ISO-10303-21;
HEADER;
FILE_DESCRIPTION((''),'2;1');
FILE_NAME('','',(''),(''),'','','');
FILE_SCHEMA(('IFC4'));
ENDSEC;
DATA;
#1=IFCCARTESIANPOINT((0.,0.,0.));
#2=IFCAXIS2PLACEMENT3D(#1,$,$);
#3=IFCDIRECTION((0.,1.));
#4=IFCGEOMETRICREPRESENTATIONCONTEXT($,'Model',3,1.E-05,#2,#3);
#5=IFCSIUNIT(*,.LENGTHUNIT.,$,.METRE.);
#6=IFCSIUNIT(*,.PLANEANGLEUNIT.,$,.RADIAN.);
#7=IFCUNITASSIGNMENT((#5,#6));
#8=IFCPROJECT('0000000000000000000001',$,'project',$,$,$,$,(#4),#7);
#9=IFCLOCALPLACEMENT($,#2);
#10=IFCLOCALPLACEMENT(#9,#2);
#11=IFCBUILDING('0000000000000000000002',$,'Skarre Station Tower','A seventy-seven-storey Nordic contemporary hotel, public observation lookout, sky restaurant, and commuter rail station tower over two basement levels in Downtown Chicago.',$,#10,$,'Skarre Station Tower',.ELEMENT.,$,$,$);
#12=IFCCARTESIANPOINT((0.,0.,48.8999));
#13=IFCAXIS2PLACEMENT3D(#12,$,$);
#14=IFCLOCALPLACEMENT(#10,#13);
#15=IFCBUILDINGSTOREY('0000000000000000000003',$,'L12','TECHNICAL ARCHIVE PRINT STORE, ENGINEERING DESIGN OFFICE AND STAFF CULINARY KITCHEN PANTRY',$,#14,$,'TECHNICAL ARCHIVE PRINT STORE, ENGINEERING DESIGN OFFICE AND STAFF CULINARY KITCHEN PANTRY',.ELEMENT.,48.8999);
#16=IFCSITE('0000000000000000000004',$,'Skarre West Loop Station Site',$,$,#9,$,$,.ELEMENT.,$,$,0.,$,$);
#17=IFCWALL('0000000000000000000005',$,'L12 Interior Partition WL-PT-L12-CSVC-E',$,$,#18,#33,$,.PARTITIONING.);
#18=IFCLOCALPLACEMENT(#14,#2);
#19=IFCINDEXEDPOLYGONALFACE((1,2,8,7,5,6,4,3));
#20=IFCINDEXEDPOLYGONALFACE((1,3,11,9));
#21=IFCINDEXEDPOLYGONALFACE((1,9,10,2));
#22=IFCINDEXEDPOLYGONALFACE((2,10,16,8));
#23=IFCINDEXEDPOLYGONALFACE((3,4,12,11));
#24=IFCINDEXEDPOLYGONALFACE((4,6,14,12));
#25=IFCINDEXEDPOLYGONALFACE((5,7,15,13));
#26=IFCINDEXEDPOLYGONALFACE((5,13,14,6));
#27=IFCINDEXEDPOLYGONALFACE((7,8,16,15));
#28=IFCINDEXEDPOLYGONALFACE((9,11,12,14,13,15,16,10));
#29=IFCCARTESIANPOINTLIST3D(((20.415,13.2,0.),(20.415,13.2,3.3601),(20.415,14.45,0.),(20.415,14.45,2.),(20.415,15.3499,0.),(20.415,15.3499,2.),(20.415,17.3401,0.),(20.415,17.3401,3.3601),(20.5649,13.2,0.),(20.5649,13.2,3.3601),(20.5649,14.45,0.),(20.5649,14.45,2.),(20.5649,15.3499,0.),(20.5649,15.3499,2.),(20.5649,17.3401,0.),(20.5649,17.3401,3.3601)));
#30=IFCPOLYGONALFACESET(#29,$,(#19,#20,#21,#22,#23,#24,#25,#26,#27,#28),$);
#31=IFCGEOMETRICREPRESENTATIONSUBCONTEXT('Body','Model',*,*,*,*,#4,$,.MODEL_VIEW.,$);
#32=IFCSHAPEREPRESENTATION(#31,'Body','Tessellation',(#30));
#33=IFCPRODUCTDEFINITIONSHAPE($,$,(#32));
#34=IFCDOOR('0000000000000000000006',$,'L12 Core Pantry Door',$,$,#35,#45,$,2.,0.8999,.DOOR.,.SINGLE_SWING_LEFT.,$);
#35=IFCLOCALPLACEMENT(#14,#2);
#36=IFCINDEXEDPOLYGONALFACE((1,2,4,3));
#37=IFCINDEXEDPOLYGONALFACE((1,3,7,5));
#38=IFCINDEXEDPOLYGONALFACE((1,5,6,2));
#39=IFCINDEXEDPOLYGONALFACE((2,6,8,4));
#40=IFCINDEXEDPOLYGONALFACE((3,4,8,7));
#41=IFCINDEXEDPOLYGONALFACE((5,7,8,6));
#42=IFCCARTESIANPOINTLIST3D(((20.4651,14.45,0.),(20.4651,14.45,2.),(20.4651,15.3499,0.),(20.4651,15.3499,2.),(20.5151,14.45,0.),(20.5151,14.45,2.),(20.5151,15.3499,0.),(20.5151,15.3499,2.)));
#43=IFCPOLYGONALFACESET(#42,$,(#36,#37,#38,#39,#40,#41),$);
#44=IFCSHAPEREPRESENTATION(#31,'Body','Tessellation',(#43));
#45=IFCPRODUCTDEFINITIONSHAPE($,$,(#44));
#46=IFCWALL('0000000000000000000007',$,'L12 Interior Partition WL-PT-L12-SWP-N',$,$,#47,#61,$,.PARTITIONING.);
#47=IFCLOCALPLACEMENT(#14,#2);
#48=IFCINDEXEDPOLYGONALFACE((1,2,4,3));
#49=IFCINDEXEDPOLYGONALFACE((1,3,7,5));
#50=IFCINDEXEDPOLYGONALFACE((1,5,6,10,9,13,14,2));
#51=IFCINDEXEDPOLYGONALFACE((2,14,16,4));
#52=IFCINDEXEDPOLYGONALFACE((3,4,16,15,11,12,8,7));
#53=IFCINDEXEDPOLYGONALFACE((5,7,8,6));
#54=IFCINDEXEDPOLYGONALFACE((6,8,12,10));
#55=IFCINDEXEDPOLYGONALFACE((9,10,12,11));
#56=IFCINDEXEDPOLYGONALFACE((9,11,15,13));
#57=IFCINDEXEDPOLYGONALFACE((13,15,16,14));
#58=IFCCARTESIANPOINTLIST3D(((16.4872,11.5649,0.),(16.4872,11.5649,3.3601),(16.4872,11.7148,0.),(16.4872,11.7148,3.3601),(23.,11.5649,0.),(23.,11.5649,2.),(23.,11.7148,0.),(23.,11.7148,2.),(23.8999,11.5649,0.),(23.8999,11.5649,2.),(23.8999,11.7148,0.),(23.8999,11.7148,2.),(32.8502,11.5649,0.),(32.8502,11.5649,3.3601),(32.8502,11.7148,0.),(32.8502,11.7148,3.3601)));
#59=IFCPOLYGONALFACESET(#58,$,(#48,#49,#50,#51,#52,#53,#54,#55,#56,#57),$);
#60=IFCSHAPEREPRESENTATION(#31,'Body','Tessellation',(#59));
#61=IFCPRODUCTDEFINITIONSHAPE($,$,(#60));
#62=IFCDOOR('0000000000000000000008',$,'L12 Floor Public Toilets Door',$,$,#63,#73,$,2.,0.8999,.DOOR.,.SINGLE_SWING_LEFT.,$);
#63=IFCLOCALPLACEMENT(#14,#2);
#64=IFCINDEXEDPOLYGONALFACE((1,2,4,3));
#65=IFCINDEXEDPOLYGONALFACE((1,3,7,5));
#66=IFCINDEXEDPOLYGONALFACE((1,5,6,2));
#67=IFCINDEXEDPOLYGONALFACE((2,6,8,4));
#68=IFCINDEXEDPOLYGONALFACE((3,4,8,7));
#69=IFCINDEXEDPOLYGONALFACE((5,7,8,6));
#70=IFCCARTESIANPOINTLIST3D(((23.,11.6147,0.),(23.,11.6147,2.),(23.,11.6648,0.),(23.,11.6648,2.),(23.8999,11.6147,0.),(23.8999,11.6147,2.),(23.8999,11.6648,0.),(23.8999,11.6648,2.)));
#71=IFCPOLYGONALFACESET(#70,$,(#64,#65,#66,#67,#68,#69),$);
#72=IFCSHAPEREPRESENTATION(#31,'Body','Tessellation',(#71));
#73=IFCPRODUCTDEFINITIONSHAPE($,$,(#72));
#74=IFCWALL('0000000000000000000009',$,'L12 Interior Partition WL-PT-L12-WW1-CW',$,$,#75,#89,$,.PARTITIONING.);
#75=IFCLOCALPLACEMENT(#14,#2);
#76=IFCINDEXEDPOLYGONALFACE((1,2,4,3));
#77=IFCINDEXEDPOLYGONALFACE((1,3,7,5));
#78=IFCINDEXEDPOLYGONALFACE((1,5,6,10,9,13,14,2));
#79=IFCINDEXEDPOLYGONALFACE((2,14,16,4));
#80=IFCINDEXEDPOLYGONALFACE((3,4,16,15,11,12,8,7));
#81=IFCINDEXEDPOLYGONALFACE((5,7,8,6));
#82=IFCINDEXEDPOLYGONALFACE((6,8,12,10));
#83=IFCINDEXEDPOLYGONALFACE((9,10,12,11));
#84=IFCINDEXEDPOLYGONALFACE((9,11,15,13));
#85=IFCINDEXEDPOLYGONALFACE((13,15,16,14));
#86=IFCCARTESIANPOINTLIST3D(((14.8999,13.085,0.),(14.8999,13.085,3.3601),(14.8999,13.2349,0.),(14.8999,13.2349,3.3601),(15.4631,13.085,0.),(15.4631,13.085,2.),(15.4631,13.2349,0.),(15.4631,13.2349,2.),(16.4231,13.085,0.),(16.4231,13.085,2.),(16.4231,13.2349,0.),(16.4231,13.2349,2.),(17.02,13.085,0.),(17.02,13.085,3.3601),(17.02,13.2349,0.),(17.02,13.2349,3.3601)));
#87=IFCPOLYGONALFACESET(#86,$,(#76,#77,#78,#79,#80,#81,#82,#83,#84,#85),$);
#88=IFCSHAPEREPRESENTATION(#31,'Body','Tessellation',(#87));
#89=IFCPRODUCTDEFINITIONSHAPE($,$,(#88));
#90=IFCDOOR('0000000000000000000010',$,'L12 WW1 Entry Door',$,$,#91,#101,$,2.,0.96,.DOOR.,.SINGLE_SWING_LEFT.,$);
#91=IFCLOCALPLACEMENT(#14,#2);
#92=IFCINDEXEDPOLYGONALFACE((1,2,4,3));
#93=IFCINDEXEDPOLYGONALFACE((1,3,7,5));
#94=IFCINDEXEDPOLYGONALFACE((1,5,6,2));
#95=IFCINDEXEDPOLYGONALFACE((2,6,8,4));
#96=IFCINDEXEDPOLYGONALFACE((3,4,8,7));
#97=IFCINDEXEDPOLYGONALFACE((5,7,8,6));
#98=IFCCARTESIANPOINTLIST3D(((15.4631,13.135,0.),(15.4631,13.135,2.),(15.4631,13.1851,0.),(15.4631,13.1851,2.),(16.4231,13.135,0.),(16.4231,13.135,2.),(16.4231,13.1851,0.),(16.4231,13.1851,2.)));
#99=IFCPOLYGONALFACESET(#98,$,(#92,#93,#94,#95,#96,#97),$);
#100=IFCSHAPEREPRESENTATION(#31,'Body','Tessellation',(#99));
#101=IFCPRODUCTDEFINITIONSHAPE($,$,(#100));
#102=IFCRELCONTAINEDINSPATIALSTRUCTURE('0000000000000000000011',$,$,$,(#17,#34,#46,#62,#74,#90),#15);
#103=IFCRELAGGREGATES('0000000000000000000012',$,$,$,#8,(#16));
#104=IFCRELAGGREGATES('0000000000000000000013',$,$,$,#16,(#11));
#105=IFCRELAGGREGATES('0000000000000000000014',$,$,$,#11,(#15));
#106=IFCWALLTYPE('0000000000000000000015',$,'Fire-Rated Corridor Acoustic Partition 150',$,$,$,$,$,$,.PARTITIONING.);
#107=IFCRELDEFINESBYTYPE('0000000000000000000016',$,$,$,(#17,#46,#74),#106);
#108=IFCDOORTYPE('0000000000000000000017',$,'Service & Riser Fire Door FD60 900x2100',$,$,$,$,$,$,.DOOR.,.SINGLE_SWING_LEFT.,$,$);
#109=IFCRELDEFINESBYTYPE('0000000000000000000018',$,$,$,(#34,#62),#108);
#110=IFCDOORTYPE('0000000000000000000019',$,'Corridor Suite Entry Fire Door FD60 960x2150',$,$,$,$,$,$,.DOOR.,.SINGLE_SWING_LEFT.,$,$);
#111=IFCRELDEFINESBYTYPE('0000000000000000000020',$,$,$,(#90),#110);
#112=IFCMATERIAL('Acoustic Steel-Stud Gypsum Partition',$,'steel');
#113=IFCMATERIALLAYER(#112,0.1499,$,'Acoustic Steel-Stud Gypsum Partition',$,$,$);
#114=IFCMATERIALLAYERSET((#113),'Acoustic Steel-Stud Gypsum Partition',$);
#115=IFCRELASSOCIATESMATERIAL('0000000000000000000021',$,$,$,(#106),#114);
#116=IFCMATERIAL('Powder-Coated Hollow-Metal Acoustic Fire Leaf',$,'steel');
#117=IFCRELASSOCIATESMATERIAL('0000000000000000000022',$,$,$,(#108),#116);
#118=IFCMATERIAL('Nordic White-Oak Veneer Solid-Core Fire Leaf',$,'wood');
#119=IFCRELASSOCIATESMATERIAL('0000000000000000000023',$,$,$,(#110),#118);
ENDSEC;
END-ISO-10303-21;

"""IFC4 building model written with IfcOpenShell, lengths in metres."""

from ifc_helpers import new_model, si_unit, direction, frame, frame_2d, origin, place, context, subcontext, project, spatial, rectangle, extrude, material, layer, layer_set, type_object, element, fill, save


model = new_model("IFC4")

# Units and contexts
model_context = context("Model", 3, precision=1e-05, world=origin(), true_north=direction((0.0, 1.0)))
body_context = subcontext(model_context, "Body", "Model", "MODEL_VIEW")
ifc_project = project(units=[si_unit("LENGTHUNIT", "METRE"), si_unit("PLANEANGLEUNIT", "RADIAN")], contexts=[model_context])

# Site, building, storey
site_placement = place(None, origin())
site = spatial("IfcSite", under=ifc_project, at=site_placement, Name="Skarre West Loop Station Site", CompositionType="ELEMENT", RefElevation=0.0)
building_placement = place(site_placement, origin())
building = spatial("IfcBuilding", under=site, at=building_placement, Name="Skarre Station Tower", Description="A seventy-seven-storey Nordic contemporary hotel, public observation lookout, sky restaurant, and commuter rail station tower over two basement levels in Downtown Chicago.", LongName="Skarre Station Tower", CompositionType="ELEMENT")
storey_placement = place(building_placement, frame((0.0, 0.0, 48.8999)))
storey = spatial("IfcBuildingStorey", under=building, at=storey_placement, Name="L12", Description="TECHNICAL ARCHIVE PRINT STORE, ENGINEERING DESIGN OFFICE AND STAFF CULINARY KITCHEN PANTRY", LongName="TECHNICAL ARCHIVE PRINT STORE, ENGINEERING DESIGN OFFICE AND STAFF CULINARY KITCHEN PANTRY", CompositionType="ELEMENT", Elevation=48.8999)

# Shared definitions
ifc_material_1 = material(Name="Acoustic Steel-Stud Gypsum Partition", Category="steel")
ifc_layer_1 = layer(ifc_material_1, 0.1499, Name="Acoustic Steel-Stud Gypsum Partition")
ifc_layer_set_1 = layer_set([ifc_layer_1], Name="Acoustic Steel-Stud Gypsum Partition")
wall_type_1 = type_object("IfcWallType", Name="Fire-Rated Corridor Acoustic Partition 150", PredefinedType="PARTITIONING", material=ifc_layer_set_1)

# Walls, openings, doors
wall_1_placement = place(storey_placement, frame((20.49, 13.2, 0.0), z_axis=(0.0, 0.0, 1.0), x_axis=(0.0, 1.0, 0.0)))
wall_1 = element("IfcWall", 1, at=wall_1_placement, inside=storey, type_object=wall_type_1, Name="L12 Interior Partition WL-PT-L12-CSVC-E", PredefinedType="PARTITIONING", context=body_context, shape_type="SweptSolid", body=[
    extrude(rectangle(XDim=4.1401, YDim=0.1499, at=frame_2d((2.0701, 0.0))), origin(), (0.0, 0.0, 1.0), 3.3601),
])
opening_1_placement = place(wall_1_placement, frame((1.25, 0.0, 0.0)))
opening_1 = element("IfcOpeningElement", 2, at=opening_1_placement, cuts=wall_1, PredefinedType="OPENING", context=body_context, shape_type="SweptSolid", body=[
    extrude(rectangle(XDim=0.8999, YDim=2.0, at=frame_2d((0.45, 1.0))), frame((0.0, 0.085, 0.0), z_axis=(0.0, -1.0, 0.0), x_axis=(1.0, 0.0, 0.0)), (0.0, 0.0, 1.0), 0.1699),
])
ifc_material_2 = material(Name="Powder-Coated Hollow-Metal Acoustic Fire Leaf", Category="steel")
door_type_1 = type_object("IfcDoorType", Name="Service & Riser Fire Door FD60 900x2100", OperationType="SINGLE_SWING_LEFT", PredefinedType="DOOR", material=ifc_material_2)
door_1_placement = place(opening_1_placement, origin())
door_1 = element("IfcDoor", 3, at=door_1_placement, inside=storey, type_object=door_type_1, Name="L12 Core Pantry Door", OperationType="SINGLE_SWING_LEFT", OverallHeight=2.0, OverallWidth=0.8999, PredefinedType="DOOR", context=body_context, shape_type="SweptSolid", body=[
    extrude(rectangle(XDim=0.8999, YDim=2.0, at=frame_2d((0.45, 1.0))), frame((0.0, 0.0249, 0.0), z_axis=(0.0, -1.0, 0.0), x_axis=(1.0, 0.0, 0.0)), (0.0, 0.0, 1.0), 0.05),
])
fill(opening_1, door_1)
wall_2_placement = place(storey_placement, frame((16.4871, 11.6399, 0.0), z_axis=(0.0, 0.0, 1.0), x_axis=(1.0, 0.0, 0.0)))
wall_2 = element("IfcWall", 4, at=wall_2_placement, inside=storey, type_object=wall_type_1, Name="L12 Interior Partition WL-PT-L12-SWP-N", PredefinedType="PARTITIONING", context=body_context, shape_type="SweptSolid", body=[
    extrude(rectangle(XDim=16.363, YDim=0.1499, at=frame_2d((8.1816, 0.0))), origin(), (0.0, 0.0, 1.0), 3.3601),
])
opening_2_placement = place(wall_2_placement, frame((6.5129, 0.0, 0.0)))
opening_2 = element("IfcOpeningElement", 5, at=opening_2_placement, cuts=wall_2, PredefinedType="OPENING", context=body_context, shape_type="SweptSolid", body=[
    extrude(rectangle(XDim=0.8999, YDim=2.0, at=frame_2d((0.45, 1.0))), frame((0.0, 0.085, 0.0), z_axis=(0.0, -1.0, 0.0), x_axis=(1.0, 0.0, 0.0)), (0.0, 0.0, 1.0), 0.1699),
])
door_2_placement = place(opening_2_placement, origin())
door_2 = element("IfcDoor", 6, at=door_2_placement, inside=storey, type_object=door_type_1, Name="L12 Floor Public Toilets Door", OperationType="SINGLE_SWING_LEFT", OverallHeight=2.0, OverallWidth=0.8999, PredefinedType="DOOR", context=body_context, shape_type="SweptSolid", body=[
    extrude(rectangle(XDim=0.8999, YDim=2.0, at=frame_2d((0.45, 1.0))), frame((0.0, 0.0249, 0.0), z_axis=(0.0, -1.0, 0.0), x_axis=(1.0, 0.0, 0.0)), (0.0, 0.0, 1.0), 0.05),
])
fill(opening_2, door_2)
wall_3_placement = place(storey_placement, frame((17.02, 13.1599, 0.0), z_axis=(0.0, 0.0, 1.0), x_axis=(-1.0, 0.0, 0.0)))
wall_3 = element("IfcWall", 7, at=wall_3_placement, inside=storey, type_object=wall_type_1, Name="L12 Interior Partition WL-PT-L12-WW1-CW", PredefinedType="PARTITIONING", context=body_context, shape_type="SweptSolid", body=[
    extrude(rectangle(XDim=2.1201, YDim=0.1499, at=frame_2d((1.0601, 0.0))), origin(), (0.0, 0.0, 1.0), 3.3601),
])
opening_3_placement = place(wall_3_placement, frame((0.5969, 0.0, 0.0)))
opening_3 = element("IfcOpeningElement", 8, at=opening_3_placement, cuts=wall_3, PredefinedType="OPENING", context=body_context, shape_type="SweptSolid", body=[
    extrude(rectangle(XDim=0.96, YDim=2.0, at=frame_2d((0.48, 1.0))), frame((0.0, 0.085, 0.0), z_axis=(0.0, -1.0, 0.0), x_axis=(1.0, 0.0, 0.0)), (0.0, 0.0, 1.0), 0.1699),
])
ifc_material_3 = material(Name="Nordic White-Oak Veneer Solid-Core Fire Leaf", Category="wood")
door_type_2 = type_object("IfcDoorType", Name="Corridor Suite Entry Fire Door FD60 960x2150", OperationType="SINGLE_SWING_LEFT", PredefinedType="DOOR", material=ifc_material_3)
door_3_placement = place(opening_3_placement, origin())
door_3 = element("IfcDoor", 9, at=door_3_placement, inside=storey, type_object=door_type_2, Name="L12 WW1 Entry Door", OperationType="SINGLE_SWING_LEFT", OverallHeight=2.0, OverallWidth=0.96, PredefinedType="DOOR", context=body_context, shape_type="SweptSolid", body=[
    extrude(rectangle(XDim=0.96, YDim=2.0, at=frame_2d((0.48, 1.0))), frame((0.0, 0.0249, 0.0), z_axis=(0.0, -1.0, 0.0), x_axis=(1.0, 0.0, 0.0)), (0.0, 0.0, 1.0), 0.05),
])
fill(opening_3, door_3)

save(model, "model.ifc")
